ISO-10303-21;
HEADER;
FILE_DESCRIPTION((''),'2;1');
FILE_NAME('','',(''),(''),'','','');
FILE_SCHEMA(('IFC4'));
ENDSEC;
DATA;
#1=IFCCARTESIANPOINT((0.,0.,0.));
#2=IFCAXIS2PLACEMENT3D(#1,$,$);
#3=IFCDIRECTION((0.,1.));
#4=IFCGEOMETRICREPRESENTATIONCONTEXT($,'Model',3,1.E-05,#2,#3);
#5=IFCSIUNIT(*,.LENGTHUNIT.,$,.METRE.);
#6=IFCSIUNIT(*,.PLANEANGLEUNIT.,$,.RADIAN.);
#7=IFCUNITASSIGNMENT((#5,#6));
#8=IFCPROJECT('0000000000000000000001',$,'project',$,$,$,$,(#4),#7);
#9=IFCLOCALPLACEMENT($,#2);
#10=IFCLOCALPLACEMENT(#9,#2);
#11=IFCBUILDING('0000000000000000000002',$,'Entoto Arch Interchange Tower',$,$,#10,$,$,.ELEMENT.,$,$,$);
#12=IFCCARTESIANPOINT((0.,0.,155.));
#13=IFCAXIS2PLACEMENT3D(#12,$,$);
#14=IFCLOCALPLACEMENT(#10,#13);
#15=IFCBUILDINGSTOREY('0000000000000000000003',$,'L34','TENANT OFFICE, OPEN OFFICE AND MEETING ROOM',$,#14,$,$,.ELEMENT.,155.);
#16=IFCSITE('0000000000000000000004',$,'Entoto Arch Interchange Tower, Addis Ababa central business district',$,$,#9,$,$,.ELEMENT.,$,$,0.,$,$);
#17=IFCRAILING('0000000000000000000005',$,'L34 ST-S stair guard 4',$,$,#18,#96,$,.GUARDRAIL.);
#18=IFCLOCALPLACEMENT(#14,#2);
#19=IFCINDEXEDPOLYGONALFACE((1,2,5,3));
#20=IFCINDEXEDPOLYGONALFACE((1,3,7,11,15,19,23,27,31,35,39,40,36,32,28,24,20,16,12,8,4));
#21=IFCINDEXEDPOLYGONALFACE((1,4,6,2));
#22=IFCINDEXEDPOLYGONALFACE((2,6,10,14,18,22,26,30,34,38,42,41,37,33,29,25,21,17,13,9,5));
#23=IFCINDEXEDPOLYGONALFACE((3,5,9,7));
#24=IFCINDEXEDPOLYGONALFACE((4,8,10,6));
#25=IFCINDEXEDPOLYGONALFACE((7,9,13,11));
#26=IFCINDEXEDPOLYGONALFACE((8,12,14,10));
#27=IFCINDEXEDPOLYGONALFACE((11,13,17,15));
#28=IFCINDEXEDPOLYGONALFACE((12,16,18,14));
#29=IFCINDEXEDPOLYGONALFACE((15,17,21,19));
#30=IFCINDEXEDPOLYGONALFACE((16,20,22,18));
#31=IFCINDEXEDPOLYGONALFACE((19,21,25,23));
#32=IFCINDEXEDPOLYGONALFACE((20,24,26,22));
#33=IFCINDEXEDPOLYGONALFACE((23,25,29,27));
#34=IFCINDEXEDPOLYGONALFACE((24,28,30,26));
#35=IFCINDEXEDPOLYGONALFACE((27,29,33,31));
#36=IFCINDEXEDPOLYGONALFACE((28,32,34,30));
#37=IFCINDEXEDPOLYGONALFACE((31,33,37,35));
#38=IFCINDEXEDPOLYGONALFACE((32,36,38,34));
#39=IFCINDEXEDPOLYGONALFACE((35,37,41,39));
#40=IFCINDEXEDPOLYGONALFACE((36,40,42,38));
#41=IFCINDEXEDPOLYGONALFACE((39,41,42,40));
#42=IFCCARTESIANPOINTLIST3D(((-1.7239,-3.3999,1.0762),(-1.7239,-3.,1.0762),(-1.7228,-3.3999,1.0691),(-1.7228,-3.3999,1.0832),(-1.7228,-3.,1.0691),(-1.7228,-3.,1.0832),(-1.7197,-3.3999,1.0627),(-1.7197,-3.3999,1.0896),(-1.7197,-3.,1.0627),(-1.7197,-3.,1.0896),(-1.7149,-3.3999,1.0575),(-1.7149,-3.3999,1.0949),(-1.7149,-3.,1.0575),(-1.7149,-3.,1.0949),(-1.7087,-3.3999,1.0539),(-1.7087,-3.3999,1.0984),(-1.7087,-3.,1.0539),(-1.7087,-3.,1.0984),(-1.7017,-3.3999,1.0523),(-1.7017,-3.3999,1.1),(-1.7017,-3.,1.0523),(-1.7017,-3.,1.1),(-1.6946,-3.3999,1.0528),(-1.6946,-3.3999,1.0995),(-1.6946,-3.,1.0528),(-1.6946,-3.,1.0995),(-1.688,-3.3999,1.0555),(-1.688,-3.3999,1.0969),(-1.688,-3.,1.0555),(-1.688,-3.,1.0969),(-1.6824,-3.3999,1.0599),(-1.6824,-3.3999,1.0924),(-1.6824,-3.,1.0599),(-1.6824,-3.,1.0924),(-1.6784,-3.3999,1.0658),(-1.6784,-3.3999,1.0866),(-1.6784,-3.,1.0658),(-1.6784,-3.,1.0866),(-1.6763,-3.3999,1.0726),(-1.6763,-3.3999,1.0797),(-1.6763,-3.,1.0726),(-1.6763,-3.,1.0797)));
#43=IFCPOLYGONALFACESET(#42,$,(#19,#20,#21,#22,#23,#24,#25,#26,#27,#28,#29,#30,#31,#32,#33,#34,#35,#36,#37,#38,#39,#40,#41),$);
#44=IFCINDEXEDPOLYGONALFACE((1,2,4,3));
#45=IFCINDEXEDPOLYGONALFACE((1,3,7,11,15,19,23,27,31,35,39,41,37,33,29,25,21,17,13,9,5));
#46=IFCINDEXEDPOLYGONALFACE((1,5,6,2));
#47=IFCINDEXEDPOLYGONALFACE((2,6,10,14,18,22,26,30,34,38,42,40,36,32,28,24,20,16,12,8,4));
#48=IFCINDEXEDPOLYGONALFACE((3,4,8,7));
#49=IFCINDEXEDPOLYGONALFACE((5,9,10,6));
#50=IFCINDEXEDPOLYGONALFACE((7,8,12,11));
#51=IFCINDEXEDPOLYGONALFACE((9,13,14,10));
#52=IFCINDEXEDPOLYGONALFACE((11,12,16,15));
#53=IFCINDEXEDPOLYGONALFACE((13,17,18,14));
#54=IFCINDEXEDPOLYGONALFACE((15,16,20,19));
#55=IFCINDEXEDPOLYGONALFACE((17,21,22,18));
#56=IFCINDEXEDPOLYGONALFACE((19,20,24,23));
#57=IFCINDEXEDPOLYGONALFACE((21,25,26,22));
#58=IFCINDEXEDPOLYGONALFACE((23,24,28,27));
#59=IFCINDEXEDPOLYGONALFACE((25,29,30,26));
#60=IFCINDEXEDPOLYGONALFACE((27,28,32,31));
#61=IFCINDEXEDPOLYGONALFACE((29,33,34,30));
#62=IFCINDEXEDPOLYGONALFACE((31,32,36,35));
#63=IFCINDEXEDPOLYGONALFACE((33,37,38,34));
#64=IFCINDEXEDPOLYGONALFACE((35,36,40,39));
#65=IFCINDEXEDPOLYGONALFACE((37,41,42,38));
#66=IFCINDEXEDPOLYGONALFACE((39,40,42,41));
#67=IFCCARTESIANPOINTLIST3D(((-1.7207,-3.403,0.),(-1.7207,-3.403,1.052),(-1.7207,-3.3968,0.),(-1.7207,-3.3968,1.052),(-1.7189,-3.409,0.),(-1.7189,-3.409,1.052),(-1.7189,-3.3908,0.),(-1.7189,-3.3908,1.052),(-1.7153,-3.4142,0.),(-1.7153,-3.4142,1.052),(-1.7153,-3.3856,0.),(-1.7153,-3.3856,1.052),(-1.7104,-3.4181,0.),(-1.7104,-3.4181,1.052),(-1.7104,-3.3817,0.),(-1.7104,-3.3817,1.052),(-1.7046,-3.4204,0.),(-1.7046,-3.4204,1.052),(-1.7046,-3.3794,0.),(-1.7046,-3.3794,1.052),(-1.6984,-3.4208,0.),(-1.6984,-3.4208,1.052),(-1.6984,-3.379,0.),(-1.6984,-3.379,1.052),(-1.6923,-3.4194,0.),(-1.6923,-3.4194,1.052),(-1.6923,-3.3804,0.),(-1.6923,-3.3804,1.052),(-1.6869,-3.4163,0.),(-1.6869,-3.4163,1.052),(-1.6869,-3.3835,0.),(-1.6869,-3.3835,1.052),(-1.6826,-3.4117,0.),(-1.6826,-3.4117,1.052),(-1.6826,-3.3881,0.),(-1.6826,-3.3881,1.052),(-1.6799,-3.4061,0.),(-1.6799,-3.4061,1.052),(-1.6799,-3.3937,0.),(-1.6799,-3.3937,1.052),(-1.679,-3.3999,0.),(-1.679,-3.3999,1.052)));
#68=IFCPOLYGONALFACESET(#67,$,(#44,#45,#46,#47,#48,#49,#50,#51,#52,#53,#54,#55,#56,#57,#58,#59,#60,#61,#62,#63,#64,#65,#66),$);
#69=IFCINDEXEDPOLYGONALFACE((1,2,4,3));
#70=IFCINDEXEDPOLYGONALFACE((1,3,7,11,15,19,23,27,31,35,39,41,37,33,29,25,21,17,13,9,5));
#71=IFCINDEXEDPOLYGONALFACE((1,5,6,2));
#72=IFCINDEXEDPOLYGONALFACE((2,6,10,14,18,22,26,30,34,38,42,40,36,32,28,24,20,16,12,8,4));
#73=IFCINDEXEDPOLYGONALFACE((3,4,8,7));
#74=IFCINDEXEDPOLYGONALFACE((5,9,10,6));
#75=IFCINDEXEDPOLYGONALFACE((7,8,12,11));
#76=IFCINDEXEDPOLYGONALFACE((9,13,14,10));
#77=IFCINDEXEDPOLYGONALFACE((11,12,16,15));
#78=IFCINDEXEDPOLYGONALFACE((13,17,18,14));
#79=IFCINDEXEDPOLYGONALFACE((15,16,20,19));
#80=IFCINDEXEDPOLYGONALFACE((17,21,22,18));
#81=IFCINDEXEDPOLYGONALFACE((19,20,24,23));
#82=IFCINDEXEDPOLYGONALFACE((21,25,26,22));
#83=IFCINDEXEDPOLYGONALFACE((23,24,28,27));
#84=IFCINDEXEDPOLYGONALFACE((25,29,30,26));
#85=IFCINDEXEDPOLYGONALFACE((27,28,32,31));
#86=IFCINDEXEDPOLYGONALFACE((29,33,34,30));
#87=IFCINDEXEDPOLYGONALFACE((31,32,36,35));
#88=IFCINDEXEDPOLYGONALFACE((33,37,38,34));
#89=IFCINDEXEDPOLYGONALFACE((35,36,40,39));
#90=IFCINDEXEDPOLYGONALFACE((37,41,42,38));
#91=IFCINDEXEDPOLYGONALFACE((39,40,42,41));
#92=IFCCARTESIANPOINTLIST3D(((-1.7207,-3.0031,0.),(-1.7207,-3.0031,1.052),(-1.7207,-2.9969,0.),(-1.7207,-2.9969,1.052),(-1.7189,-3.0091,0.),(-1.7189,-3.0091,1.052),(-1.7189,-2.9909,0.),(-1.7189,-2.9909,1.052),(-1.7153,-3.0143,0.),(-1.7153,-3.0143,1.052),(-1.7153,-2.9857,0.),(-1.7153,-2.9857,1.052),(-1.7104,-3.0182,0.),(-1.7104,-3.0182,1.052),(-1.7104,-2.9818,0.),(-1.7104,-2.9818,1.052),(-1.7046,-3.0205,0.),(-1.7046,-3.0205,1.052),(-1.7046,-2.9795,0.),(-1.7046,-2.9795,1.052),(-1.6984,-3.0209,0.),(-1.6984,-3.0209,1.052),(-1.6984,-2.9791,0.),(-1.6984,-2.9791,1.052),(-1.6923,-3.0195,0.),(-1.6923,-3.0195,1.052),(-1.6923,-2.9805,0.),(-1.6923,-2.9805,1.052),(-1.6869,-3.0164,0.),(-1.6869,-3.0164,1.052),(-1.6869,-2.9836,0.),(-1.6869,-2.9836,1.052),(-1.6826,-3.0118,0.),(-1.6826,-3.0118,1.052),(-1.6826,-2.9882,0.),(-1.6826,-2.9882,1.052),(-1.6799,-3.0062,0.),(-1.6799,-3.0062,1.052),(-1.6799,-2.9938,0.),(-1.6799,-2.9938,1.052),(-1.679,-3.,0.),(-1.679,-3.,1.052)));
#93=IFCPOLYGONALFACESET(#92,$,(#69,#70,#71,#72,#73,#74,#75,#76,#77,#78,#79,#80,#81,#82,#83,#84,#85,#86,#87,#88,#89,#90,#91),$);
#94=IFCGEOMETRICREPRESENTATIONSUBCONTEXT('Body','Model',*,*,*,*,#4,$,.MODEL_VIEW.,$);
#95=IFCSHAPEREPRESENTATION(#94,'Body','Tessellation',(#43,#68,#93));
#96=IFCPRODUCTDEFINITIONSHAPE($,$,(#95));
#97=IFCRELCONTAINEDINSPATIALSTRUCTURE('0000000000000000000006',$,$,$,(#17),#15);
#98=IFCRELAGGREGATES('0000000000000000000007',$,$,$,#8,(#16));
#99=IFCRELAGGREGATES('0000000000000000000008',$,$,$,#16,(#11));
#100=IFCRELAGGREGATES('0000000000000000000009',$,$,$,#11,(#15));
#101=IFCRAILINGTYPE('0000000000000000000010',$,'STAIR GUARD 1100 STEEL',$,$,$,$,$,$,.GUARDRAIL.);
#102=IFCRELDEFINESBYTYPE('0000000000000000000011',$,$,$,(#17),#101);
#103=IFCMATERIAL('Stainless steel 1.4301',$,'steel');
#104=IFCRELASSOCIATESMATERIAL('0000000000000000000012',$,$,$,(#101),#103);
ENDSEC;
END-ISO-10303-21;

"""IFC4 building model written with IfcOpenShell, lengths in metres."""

from ifc_helpers import new_model, si_unit, direction, frame, origin, origin_2d, place, context, subcontext, project, spatial, circle, extrude, material, type_object, element, save


model = new_model("IFC4")

# Units and contexts
model_context = context("Model", 3, precision=1e-05, world=origin(), true_north=direction((0.0, 1.0)))
body_context = subcontext(model_context, "Body", "Model", "MODEL_VIEW")
ifc_project = project(units=[si_unit("LENGTHUNIT", "METRE"), si_unit("PLANEANGLEUNIT", "RADIAN")], contexts=[model_context])

# Site, building, storey
site_placement = place(None, origin())
site = spatial("IfcSite", under=ifc_project, at=site_placement, Name="Entoto Arch Interchange Tower, Addis Ababa central business district", CompositionType="ELEMENT", RefElevation=0.0)
building_placement = place(site_placement, origin())
building = spatial("IfcBuilding", under=site, at=building_placement, Name="Entoto Arch Interchange Tower", CompositionType="ELEMENT")
storey_placement = place(building_placement, frame((0.0, 0.0, 155.0)))
storey = spatial("IfcBuildingStorey", under=building, at=storey_placement, Name="L34", Description="TENANT OFFICE, OPEN OFFICE AND MEETING ROOM", CompositionType="ELEMENT", Elevation=155.0)

# Railing
ifc_material_1 = material(Name="Stainless steel 1.4301", Category="steel")
railing_type_1 = type_object("IfcRailingType", Name="STAIR GUARD 1100 STEEL", PredefinedType="GUARDRAIL", material=ifc_material_1)
railing_1_placement = place(storey_placement, frame((-1.7, -3.3999, 0.0)))
element("IfcRailing", 1, at=railing_1_placement, inside=storey, type_object=railing_type_1, Name="L34 ST-S stair guard 4", PredefinedType="GUARDRAIL", context=body_context, shape_type="SweptSolid", body=[
    extrude(circle(Radius=0.0239, at=origin_2d()), frame((0.0, 0.0, 1.0762), z_axis=(0.0, 1.0, 0.0), x_axis=(-1.0, 0.0, 0.0)), (0.0, 0.0, 1.0), 0.3999),
    extrude(circle(Radius=0.021, at=origin_2d()), origin(), (0.0, 0.0, 1.0), 1.052),
    extrude(circle(Radius=0.021, at=origin_2d()), frame((0.0, 0.3999, 0.0)), (0.0, 0.0, 1.0), 1.052),
])

save(model, "model.ifc")
